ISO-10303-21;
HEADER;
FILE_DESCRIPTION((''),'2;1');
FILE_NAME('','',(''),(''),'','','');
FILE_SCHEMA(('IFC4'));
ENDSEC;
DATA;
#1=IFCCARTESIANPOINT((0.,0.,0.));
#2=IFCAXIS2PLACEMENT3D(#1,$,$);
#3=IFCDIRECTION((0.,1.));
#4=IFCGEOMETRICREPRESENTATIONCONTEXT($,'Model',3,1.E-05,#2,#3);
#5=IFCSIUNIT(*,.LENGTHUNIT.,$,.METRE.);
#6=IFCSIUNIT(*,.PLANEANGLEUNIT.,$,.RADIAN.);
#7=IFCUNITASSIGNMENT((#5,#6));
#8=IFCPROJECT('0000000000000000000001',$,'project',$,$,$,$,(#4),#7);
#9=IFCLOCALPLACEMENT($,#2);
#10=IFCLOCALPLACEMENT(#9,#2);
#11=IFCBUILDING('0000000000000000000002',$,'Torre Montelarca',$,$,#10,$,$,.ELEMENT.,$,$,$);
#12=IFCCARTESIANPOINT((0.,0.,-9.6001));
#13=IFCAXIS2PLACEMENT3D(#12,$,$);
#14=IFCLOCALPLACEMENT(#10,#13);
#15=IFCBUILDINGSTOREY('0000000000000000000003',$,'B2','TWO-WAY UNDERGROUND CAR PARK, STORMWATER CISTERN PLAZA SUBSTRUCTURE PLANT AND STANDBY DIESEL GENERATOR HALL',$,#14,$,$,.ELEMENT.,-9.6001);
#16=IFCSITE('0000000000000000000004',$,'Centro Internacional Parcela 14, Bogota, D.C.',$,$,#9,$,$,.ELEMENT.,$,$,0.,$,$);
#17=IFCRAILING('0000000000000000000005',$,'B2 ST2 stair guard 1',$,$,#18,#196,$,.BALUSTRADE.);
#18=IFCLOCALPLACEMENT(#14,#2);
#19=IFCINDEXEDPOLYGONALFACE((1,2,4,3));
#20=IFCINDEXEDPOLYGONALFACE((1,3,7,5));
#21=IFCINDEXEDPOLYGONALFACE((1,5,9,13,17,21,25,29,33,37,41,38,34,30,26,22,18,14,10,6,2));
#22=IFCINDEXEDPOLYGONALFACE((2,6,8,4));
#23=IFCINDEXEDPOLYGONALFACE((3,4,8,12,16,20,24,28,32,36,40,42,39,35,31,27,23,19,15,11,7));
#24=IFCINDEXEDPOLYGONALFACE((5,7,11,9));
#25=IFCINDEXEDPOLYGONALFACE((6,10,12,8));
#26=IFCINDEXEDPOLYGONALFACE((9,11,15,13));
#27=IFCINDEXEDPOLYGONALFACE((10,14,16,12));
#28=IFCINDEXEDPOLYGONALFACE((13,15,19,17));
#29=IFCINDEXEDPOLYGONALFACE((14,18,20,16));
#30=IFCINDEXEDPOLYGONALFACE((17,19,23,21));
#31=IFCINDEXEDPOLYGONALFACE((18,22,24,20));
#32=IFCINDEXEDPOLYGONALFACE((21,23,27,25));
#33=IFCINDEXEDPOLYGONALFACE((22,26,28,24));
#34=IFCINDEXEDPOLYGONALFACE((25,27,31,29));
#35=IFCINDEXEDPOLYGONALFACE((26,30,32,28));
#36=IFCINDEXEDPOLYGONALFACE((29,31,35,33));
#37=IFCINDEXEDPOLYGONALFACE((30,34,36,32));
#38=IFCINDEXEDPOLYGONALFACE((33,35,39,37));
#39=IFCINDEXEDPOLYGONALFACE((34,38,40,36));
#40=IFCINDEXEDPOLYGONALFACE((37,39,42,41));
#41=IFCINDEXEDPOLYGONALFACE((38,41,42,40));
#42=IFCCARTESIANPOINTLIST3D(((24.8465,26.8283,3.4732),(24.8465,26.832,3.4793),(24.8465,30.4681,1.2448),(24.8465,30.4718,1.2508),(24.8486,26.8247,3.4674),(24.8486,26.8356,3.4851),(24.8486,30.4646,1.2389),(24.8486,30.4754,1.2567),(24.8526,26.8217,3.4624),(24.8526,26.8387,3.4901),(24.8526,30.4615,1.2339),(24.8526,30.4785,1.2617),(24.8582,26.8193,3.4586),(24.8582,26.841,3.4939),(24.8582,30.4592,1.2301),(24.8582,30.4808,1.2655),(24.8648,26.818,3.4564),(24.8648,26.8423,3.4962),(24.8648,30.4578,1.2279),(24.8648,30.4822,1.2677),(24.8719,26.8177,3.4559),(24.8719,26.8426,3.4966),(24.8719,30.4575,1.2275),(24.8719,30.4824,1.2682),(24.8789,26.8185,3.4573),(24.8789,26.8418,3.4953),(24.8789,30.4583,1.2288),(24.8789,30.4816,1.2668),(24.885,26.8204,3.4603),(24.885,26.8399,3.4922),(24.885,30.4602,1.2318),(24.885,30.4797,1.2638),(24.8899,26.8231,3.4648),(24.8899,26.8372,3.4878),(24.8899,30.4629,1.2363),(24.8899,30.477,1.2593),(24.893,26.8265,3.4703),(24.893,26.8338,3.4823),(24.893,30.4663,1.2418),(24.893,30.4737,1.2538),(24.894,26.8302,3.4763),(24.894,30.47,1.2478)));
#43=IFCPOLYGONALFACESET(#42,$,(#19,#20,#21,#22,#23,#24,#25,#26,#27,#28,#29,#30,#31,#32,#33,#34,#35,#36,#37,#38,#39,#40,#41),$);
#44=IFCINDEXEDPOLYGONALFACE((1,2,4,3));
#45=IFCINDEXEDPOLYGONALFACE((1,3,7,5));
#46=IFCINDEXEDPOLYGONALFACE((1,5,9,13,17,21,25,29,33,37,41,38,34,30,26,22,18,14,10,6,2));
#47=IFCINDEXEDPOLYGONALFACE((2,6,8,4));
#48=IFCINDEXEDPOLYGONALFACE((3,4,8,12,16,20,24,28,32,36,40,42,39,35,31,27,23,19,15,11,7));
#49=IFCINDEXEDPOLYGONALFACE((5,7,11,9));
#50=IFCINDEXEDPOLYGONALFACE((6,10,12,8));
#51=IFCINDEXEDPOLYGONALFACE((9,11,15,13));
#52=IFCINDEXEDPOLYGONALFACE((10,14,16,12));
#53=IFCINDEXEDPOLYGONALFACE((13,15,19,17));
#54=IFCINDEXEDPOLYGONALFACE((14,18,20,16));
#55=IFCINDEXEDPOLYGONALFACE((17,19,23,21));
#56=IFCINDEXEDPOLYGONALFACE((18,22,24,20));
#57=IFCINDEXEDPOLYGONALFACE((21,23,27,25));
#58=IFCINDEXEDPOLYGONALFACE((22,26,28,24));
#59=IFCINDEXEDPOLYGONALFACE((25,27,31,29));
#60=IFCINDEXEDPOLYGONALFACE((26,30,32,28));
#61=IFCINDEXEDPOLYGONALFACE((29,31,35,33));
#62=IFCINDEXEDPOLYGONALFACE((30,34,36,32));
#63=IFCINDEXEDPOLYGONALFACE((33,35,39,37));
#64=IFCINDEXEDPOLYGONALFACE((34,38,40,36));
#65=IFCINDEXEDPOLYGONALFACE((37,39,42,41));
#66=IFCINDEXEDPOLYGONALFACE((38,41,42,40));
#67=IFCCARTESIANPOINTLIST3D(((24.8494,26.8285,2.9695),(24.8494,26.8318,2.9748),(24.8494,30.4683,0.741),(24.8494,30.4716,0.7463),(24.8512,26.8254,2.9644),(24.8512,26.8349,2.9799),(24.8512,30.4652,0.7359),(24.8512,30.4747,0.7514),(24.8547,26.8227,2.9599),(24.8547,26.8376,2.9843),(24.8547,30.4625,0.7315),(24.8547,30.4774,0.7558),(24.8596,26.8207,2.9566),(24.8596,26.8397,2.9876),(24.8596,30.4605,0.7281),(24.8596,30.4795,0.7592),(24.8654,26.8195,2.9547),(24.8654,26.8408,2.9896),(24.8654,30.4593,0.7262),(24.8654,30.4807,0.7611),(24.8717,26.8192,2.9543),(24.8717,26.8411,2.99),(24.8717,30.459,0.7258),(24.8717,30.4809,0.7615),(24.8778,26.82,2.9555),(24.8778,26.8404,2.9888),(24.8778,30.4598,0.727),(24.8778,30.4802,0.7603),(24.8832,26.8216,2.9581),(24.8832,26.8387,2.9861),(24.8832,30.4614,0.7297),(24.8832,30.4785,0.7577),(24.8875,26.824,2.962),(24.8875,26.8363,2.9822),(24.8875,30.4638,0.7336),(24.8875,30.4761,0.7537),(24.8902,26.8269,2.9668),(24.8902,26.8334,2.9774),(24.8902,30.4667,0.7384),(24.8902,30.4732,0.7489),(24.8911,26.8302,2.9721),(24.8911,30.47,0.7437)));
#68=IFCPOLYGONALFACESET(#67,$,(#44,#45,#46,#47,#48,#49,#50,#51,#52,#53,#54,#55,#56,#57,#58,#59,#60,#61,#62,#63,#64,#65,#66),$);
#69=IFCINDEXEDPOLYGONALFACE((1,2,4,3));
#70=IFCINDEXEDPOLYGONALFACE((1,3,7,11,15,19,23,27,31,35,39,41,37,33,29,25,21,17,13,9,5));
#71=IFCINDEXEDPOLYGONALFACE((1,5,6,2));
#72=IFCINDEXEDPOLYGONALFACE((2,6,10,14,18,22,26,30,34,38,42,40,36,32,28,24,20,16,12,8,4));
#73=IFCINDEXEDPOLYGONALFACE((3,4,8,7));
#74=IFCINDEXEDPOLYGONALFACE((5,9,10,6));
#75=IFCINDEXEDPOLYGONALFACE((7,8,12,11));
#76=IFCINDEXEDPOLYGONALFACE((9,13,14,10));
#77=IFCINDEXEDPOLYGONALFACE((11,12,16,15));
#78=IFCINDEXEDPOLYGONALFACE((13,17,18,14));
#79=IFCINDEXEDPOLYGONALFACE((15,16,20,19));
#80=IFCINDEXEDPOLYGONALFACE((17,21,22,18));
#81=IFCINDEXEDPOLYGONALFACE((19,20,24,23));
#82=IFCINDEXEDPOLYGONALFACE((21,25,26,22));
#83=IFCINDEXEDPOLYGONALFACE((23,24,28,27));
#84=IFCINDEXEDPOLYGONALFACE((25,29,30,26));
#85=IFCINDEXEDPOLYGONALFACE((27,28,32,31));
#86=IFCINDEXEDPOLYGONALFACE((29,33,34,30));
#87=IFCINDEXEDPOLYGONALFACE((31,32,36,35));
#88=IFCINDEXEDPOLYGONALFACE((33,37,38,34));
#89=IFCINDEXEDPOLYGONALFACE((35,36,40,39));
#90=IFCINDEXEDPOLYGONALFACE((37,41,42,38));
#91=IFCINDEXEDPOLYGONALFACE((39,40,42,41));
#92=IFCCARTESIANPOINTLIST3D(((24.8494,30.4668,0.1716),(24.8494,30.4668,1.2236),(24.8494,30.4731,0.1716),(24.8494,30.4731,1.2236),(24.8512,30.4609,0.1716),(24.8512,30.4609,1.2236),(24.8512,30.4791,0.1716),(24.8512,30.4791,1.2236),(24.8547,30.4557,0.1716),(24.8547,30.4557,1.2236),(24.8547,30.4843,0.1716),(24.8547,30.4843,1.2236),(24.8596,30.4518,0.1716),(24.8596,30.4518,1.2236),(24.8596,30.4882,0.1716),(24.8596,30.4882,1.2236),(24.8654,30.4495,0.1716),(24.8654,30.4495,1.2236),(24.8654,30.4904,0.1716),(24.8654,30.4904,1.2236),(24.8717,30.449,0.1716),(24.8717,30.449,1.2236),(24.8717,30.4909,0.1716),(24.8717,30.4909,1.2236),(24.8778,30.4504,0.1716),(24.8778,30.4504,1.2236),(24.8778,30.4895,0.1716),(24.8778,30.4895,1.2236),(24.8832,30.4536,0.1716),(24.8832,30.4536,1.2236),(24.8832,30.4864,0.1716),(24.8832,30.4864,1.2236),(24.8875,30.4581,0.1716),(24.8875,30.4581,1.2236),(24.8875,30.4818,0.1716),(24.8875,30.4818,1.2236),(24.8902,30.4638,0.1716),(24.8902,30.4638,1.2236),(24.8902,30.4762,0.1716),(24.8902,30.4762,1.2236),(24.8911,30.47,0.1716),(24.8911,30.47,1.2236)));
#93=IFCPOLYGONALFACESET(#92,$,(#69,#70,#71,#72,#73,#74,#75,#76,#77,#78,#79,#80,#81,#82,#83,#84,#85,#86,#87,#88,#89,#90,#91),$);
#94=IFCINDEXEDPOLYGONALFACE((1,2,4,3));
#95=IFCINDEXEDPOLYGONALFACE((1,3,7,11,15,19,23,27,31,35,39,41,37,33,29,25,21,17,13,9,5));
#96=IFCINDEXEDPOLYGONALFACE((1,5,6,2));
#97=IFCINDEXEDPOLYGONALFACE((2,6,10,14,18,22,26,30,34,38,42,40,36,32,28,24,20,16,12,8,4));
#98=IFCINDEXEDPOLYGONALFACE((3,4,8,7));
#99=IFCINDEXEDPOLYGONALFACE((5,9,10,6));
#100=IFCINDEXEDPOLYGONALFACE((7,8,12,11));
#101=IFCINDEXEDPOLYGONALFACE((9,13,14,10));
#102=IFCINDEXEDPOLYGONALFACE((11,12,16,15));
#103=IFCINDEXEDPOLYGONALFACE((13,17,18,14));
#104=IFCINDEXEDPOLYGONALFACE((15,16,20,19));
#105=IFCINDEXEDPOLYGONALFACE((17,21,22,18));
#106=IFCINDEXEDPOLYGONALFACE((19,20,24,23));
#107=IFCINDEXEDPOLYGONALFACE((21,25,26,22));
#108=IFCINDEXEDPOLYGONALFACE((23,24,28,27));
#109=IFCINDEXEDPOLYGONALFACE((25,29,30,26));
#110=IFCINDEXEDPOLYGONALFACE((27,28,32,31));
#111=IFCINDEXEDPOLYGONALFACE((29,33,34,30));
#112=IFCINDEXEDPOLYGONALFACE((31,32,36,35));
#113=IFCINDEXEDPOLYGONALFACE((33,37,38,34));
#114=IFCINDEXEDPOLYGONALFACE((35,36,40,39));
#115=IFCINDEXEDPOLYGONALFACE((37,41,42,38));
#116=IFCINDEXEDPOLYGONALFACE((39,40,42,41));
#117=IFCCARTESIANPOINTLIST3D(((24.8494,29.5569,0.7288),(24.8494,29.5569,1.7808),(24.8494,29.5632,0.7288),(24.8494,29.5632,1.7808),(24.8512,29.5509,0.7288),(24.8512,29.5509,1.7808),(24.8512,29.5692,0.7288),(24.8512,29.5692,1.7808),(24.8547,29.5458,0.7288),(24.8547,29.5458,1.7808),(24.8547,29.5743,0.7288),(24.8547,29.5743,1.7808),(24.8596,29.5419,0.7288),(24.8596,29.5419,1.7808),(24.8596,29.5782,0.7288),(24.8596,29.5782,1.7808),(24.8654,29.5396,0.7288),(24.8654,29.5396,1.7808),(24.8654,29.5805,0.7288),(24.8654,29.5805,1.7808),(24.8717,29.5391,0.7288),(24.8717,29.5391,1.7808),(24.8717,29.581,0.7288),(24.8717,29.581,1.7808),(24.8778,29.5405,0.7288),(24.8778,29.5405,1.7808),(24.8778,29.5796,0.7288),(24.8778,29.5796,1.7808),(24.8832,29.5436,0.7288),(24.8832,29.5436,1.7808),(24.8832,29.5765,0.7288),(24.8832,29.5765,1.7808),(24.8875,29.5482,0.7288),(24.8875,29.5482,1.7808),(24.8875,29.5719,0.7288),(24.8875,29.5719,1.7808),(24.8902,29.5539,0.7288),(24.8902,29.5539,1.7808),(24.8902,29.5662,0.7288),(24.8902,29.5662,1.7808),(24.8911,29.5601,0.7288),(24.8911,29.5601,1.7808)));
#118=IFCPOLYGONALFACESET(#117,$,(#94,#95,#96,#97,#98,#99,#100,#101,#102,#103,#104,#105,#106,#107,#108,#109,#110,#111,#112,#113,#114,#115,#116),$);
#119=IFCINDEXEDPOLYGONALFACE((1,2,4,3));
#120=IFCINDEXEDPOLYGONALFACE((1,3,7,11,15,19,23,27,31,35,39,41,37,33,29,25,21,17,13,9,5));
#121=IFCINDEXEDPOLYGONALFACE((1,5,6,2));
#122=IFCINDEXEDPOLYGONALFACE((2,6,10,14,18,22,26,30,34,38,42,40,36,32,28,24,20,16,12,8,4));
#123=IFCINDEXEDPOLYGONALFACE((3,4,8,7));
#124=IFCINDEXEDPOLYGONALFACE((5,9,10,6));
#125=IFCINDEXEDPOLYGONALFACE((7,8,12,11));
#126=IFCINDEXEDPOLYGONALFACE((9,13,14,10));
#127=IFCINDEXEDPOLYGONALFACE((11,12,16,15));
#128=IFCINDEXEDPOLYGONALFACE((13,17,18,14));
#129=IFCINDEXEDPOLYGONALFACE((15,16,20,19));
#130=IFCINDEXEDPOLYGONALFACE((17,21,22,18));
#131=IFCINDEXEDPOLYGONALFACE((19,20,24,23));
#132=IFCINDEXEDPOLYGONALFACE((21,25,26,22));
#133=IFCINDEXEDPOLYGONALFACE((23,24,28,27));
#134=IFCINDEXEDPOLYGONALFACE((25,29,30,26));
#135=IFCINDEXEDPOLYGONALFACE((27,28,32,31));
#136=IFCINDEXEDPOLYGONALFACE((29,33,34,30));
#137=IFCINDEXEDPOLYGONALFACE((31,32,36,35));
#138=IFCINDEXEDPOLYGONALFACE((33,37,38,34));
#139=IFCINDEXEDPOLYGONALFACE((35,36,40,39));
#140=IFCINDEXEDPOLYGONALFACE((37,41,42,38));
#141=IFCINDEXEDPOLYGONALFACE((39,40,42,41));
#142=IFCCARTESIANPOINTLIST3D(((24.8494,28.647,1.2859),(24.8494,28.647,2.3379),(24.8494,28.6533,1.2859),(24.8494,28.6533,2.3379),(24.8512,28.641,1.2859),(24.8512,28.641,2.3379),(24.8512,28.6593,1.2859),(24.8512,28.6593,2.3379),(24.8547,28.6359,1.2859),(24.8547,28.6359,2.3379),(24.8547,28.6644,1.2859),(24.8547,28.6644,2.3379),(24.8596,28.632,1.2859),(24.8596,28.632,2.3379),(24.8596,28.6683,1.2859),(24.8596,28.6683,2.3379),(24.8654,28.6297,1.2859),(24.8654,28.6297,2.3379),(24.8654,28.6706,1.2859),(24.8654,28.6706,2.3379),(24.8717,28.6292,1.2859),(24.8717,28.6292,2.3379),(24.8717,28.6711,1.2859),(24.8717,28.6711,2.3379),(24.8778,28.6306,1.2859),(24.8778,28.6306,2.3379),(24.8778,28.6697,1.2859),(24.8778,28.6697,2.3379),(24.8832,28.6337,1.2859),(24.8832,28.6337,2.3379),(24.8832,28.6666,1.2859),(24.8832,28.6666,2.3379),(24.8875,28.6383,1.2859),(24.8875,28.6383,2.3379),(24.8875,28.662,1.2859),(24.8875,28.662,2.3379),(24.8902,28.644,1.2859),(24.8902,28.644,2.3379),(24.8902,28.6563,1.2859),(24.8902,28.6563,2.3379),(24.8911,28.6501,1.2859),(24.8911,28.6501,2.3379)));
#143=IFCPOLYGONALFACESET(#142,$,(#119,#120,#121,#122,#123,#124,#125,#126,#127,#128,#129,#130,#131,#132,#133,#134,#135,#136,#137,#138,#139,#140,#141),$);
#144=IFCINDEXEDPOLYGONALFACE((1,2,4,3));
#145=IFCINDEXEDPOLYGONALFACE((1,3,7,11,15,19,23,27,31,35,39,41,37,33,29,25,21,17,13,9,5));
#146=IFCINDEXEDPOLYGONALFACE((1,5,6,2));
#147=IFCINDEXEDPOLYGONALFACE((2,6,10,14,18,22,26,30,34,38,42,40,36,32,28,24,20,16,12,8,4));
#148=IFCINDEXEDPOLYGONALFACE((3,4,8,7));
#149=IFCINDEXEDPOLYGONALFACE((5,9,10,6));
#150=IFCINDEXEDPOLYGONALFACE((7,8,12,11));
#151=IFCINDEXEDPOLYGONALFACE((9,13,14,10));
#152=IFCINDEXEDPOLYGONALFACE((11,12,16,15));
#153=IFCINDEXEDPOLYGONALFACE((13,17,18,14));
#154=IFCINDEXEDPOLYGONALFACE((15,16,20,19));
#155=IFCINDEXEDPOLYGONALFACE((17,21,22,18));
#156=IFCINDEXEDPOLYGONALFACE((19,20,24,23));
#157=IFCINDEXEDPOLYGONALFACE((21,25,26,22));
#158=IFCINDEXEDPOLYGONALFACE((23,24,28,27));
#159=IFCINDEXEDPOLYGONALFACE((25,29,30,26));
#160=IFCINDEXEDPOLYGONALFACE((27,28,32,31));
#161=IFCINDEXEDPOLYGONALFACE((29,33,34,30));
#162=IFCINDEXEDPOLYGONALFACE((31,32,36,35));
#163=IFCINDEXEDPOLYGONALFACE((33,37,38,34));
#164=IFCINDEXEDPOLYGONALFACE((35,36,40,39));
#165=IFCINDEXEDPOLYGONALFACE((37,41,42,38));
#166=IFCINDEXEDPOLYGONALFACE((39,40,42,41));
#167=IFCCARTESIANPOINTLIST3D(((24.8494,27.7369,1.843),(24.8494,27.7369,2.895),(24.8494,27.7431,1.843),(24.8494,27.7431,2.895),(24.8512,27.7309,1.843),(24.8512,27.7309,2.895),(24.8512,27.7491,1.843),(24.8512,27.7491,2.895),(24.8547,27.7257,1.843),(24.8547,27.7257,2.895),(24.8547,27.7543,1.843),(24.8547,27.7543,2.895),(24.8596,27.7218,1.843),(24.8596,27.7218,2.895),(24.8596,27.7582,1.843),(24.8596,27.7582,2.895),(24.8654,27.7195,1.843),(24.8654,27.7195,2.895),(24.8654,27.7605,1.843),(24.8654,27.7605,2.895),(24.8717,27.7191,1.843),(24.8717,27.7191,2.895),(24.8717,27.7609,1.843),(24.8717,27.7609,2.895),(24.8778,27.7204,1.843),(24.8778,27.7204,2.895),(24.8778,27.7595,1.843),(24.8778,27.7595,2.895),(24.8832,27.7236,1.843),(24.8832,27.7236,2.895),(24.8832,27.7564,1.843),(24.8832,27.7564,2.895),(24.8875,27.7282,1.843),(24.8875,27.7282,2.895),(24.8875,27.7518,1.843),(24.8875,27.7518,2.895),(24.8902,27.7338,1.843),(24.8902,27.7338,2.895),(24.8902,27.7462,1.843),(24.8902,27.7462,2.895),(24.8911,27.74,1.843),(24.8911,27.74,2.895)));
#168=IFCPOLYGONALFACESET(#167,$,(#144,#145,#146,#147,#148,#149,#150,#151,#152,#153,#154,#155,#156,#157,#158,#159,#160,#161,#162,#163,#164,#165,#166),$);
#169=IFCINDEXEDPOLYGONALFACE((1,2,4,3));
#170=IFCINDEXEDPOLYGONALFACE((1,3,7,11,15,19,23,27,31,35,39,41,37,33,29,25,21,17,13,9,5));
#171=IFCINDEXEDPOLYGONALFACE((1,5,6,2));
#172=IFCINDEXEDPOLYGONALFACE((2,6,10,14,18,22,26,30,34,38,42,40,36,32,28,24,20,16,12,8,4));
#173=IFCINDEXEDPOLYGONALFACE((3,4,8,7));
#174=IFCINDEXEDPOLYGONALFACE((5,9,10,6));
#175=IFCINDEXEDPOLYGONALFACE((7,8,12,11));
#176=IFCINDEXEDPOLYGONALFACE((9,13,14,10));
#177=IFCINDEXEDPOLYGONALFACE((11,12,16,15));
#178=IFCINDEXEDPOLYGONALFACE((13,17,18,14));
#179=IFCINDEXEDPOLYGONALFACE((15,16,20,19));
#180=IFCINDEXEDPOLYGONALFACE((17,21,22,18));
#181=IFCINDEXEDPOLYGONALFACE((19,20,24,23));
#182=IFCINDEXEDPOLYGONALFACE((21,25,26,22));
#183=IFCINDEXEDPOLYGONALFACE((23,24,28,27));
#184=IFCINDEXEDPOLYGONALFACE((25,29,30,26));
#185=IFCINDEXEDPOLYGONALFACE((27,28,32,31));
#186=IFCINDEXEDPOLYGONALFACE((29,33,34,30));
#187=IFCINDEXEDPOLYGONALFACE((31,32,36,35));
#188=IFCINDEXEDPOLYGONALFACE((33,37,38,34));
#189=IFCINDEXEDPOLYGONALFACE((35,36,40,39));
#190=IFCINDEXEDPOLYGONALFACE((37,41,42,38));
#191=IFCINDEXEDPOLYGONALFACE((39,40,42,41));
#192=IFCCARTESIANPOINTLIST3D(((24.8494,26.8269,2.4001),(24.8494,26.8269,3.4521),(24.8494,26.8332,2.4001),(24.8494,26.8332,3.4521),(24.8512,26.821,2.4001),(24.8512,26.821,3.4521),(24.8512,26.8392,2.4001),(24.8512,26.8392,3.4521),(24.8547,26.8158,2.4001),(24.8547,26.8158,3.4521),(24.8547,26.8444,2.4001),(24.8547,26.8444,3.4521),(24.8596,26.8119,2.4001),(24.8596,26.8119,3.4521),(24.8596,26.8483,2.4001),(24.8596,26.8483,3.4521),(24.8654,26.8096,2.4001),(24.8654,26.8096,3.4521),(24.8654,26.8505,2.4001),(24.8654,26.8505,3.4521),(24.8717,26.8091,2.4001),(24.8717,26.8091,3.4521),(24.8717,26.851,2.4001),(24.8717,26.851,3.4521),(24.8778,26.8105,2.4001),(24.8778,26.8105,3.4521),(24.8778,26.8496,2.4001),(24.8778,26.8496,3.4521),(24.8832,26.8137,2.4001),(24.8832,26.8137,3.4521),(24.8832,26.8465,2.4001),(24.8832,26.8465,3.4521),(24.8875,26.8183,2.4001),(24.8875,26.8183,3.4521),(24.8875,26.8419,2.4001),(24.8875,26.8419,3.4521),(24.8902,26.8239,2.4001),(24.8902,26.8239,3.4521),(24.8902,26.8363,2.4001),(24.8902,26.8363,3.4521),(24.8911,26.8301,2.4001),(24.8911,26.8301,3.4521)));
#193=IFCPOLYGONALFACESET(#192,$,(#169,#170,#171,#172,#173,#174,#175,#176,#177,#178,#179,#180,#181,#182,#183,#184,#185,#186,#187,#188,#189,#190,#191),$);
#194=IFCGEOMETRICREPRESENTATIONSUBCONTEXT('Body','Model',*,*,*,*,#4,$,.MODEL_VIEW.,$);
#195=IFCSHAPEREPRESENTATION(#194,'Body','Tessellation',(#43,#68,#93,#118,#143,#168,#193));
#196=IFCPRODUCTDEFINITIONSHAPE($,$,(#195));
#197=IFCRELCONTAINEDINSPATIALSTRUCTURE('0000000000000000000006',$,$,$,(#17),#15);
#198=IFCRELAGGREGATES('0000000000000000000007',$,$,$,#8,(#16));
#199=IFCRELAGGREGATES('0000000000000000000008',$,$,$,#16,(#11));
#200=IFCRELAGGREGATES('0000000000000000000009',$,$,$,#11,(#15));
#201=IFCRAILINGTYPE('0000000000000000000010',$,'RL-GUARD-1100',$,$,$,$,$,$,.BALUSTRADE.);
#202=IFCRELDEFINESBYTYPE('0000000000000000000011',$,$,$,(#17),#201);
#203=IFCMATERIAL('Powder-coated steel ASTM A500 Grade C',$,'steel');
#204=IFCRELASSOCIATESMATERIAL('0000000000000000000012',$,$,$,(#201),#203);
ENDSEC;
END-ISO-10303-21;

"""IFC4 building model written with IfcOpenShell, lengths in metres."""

from ifc_helpers import new_model, si_unit, direction, frame, origin, origin_2d, place, context, subcontext, project, spatial, circle, extrude, material, type_object, element, save


model = new_model("IFC4")

# Units and contexts
model_context = context("Model", 3, precision=1e-05, world=origin(), true_north=direction((0.0, 1.0)))
body_context = subcontext(model_context, "Body", "Model", "MODEL_VIEW")
ifc_project = project(units=[si_unit("LENGTHUNIT", "METRE"), si_unit("PLANEANGLEUNIT", "RADIAN")], contexts=[model_context])

# Site, building, storey
site_placement = place(None, origin())
site = spatial("IfcSite", under=ifc_project, at=site_placement, Name="Centro Internacional Parcela 14, Bogota, D.C.", CompositionType="ELEMENT", RefElevation=0.0)
building_placement = place(site_placement, origin())
building = spatial("IfcBuilding", under=site, at=building_placement, Name="Torre Montelarca", CompositionType="ELEMENT")
storey_placement = place(building_placement, frame((0.0, 0.0, -9.6001)))
storey = spatial("IfcBuildingStorey", under=building, at=storey_placement, Name="B2", Description="TWO-WAY UNDERGROUND CAR PARK, STORMWATER CISTERN PLAZA SUBSTRUCTURE PLANT AND STANDBY DIESEL GENERATOR HALL", CompositionType="ELEMENT", Elevation=-9.6001)

# Railing
ifc_material_1 = material(Name="Powder-coated steel ASTM A500 Grade C", Category="steel")
railing_type_1 = type_object("IfcRailingType", Name="RL-GUARD-1100", PredefinedType="BALUSTRADE", material=ifc_material_1)
railing_1_placement = place(storey_placement, frame((24.8701, 30.47, 0.1716)))
element("IfcRailing", 1, at=railing_1_placement, inside=storey, type_object=railing_type_1, Name="B2 ST2 stair guard 1", PredefinedType="BALUSTRADE", context=body_context, shape_type="SweptSolid", body=[
    extrude(circle(Radius=0.0239, at=origin_2d()), frame((0.0, 0.0, 1.0762), z_axis=(0.0, -0.85285, 0.522156), x_axis=(1.0, 0.0, 0.0)), (0.0, 0.0, 1.0), 4.2678),
    extrude(circle(Radius=0.021, at=origin_2d()), frame((0.0, 0.0, 0.572), z_axis=(0.0, -0.85285, 0.522156), x_axis=(1.0, 0.0, 0.0)), (0.0, 0.0, 1.0), 4.2678),
    extrude(circle(Radius=0.021, at=origin_2d()), origin(), (0.0, 0.0, 1.0), 1.052),
    extrude(circle(Radius=0.021, at=origin_2d()), frame((0.0, -0.9099, 0.5571)), (0.0, 0.0, 1.0), 1.052),
    extrude(circle(Radius=0.021, at=origin_2d()), frame((0.0, -1.8198, 1.1143)), (0.0, 0.0, 1.0), 1.052),
    extrude(circle(Radius=0.021, at=origin_2d()), frame((0.0, -2.73, 1.6714)), (0.0, 0.0, 1.0), 1.052),
    extrude(circle(Radius=0.021, at=origin_2d()), frame((0.0, -3.6399, 2.2285)), (0.0, 0.0, 1.0), 1.052),
])

save(model, "model.ifc")
